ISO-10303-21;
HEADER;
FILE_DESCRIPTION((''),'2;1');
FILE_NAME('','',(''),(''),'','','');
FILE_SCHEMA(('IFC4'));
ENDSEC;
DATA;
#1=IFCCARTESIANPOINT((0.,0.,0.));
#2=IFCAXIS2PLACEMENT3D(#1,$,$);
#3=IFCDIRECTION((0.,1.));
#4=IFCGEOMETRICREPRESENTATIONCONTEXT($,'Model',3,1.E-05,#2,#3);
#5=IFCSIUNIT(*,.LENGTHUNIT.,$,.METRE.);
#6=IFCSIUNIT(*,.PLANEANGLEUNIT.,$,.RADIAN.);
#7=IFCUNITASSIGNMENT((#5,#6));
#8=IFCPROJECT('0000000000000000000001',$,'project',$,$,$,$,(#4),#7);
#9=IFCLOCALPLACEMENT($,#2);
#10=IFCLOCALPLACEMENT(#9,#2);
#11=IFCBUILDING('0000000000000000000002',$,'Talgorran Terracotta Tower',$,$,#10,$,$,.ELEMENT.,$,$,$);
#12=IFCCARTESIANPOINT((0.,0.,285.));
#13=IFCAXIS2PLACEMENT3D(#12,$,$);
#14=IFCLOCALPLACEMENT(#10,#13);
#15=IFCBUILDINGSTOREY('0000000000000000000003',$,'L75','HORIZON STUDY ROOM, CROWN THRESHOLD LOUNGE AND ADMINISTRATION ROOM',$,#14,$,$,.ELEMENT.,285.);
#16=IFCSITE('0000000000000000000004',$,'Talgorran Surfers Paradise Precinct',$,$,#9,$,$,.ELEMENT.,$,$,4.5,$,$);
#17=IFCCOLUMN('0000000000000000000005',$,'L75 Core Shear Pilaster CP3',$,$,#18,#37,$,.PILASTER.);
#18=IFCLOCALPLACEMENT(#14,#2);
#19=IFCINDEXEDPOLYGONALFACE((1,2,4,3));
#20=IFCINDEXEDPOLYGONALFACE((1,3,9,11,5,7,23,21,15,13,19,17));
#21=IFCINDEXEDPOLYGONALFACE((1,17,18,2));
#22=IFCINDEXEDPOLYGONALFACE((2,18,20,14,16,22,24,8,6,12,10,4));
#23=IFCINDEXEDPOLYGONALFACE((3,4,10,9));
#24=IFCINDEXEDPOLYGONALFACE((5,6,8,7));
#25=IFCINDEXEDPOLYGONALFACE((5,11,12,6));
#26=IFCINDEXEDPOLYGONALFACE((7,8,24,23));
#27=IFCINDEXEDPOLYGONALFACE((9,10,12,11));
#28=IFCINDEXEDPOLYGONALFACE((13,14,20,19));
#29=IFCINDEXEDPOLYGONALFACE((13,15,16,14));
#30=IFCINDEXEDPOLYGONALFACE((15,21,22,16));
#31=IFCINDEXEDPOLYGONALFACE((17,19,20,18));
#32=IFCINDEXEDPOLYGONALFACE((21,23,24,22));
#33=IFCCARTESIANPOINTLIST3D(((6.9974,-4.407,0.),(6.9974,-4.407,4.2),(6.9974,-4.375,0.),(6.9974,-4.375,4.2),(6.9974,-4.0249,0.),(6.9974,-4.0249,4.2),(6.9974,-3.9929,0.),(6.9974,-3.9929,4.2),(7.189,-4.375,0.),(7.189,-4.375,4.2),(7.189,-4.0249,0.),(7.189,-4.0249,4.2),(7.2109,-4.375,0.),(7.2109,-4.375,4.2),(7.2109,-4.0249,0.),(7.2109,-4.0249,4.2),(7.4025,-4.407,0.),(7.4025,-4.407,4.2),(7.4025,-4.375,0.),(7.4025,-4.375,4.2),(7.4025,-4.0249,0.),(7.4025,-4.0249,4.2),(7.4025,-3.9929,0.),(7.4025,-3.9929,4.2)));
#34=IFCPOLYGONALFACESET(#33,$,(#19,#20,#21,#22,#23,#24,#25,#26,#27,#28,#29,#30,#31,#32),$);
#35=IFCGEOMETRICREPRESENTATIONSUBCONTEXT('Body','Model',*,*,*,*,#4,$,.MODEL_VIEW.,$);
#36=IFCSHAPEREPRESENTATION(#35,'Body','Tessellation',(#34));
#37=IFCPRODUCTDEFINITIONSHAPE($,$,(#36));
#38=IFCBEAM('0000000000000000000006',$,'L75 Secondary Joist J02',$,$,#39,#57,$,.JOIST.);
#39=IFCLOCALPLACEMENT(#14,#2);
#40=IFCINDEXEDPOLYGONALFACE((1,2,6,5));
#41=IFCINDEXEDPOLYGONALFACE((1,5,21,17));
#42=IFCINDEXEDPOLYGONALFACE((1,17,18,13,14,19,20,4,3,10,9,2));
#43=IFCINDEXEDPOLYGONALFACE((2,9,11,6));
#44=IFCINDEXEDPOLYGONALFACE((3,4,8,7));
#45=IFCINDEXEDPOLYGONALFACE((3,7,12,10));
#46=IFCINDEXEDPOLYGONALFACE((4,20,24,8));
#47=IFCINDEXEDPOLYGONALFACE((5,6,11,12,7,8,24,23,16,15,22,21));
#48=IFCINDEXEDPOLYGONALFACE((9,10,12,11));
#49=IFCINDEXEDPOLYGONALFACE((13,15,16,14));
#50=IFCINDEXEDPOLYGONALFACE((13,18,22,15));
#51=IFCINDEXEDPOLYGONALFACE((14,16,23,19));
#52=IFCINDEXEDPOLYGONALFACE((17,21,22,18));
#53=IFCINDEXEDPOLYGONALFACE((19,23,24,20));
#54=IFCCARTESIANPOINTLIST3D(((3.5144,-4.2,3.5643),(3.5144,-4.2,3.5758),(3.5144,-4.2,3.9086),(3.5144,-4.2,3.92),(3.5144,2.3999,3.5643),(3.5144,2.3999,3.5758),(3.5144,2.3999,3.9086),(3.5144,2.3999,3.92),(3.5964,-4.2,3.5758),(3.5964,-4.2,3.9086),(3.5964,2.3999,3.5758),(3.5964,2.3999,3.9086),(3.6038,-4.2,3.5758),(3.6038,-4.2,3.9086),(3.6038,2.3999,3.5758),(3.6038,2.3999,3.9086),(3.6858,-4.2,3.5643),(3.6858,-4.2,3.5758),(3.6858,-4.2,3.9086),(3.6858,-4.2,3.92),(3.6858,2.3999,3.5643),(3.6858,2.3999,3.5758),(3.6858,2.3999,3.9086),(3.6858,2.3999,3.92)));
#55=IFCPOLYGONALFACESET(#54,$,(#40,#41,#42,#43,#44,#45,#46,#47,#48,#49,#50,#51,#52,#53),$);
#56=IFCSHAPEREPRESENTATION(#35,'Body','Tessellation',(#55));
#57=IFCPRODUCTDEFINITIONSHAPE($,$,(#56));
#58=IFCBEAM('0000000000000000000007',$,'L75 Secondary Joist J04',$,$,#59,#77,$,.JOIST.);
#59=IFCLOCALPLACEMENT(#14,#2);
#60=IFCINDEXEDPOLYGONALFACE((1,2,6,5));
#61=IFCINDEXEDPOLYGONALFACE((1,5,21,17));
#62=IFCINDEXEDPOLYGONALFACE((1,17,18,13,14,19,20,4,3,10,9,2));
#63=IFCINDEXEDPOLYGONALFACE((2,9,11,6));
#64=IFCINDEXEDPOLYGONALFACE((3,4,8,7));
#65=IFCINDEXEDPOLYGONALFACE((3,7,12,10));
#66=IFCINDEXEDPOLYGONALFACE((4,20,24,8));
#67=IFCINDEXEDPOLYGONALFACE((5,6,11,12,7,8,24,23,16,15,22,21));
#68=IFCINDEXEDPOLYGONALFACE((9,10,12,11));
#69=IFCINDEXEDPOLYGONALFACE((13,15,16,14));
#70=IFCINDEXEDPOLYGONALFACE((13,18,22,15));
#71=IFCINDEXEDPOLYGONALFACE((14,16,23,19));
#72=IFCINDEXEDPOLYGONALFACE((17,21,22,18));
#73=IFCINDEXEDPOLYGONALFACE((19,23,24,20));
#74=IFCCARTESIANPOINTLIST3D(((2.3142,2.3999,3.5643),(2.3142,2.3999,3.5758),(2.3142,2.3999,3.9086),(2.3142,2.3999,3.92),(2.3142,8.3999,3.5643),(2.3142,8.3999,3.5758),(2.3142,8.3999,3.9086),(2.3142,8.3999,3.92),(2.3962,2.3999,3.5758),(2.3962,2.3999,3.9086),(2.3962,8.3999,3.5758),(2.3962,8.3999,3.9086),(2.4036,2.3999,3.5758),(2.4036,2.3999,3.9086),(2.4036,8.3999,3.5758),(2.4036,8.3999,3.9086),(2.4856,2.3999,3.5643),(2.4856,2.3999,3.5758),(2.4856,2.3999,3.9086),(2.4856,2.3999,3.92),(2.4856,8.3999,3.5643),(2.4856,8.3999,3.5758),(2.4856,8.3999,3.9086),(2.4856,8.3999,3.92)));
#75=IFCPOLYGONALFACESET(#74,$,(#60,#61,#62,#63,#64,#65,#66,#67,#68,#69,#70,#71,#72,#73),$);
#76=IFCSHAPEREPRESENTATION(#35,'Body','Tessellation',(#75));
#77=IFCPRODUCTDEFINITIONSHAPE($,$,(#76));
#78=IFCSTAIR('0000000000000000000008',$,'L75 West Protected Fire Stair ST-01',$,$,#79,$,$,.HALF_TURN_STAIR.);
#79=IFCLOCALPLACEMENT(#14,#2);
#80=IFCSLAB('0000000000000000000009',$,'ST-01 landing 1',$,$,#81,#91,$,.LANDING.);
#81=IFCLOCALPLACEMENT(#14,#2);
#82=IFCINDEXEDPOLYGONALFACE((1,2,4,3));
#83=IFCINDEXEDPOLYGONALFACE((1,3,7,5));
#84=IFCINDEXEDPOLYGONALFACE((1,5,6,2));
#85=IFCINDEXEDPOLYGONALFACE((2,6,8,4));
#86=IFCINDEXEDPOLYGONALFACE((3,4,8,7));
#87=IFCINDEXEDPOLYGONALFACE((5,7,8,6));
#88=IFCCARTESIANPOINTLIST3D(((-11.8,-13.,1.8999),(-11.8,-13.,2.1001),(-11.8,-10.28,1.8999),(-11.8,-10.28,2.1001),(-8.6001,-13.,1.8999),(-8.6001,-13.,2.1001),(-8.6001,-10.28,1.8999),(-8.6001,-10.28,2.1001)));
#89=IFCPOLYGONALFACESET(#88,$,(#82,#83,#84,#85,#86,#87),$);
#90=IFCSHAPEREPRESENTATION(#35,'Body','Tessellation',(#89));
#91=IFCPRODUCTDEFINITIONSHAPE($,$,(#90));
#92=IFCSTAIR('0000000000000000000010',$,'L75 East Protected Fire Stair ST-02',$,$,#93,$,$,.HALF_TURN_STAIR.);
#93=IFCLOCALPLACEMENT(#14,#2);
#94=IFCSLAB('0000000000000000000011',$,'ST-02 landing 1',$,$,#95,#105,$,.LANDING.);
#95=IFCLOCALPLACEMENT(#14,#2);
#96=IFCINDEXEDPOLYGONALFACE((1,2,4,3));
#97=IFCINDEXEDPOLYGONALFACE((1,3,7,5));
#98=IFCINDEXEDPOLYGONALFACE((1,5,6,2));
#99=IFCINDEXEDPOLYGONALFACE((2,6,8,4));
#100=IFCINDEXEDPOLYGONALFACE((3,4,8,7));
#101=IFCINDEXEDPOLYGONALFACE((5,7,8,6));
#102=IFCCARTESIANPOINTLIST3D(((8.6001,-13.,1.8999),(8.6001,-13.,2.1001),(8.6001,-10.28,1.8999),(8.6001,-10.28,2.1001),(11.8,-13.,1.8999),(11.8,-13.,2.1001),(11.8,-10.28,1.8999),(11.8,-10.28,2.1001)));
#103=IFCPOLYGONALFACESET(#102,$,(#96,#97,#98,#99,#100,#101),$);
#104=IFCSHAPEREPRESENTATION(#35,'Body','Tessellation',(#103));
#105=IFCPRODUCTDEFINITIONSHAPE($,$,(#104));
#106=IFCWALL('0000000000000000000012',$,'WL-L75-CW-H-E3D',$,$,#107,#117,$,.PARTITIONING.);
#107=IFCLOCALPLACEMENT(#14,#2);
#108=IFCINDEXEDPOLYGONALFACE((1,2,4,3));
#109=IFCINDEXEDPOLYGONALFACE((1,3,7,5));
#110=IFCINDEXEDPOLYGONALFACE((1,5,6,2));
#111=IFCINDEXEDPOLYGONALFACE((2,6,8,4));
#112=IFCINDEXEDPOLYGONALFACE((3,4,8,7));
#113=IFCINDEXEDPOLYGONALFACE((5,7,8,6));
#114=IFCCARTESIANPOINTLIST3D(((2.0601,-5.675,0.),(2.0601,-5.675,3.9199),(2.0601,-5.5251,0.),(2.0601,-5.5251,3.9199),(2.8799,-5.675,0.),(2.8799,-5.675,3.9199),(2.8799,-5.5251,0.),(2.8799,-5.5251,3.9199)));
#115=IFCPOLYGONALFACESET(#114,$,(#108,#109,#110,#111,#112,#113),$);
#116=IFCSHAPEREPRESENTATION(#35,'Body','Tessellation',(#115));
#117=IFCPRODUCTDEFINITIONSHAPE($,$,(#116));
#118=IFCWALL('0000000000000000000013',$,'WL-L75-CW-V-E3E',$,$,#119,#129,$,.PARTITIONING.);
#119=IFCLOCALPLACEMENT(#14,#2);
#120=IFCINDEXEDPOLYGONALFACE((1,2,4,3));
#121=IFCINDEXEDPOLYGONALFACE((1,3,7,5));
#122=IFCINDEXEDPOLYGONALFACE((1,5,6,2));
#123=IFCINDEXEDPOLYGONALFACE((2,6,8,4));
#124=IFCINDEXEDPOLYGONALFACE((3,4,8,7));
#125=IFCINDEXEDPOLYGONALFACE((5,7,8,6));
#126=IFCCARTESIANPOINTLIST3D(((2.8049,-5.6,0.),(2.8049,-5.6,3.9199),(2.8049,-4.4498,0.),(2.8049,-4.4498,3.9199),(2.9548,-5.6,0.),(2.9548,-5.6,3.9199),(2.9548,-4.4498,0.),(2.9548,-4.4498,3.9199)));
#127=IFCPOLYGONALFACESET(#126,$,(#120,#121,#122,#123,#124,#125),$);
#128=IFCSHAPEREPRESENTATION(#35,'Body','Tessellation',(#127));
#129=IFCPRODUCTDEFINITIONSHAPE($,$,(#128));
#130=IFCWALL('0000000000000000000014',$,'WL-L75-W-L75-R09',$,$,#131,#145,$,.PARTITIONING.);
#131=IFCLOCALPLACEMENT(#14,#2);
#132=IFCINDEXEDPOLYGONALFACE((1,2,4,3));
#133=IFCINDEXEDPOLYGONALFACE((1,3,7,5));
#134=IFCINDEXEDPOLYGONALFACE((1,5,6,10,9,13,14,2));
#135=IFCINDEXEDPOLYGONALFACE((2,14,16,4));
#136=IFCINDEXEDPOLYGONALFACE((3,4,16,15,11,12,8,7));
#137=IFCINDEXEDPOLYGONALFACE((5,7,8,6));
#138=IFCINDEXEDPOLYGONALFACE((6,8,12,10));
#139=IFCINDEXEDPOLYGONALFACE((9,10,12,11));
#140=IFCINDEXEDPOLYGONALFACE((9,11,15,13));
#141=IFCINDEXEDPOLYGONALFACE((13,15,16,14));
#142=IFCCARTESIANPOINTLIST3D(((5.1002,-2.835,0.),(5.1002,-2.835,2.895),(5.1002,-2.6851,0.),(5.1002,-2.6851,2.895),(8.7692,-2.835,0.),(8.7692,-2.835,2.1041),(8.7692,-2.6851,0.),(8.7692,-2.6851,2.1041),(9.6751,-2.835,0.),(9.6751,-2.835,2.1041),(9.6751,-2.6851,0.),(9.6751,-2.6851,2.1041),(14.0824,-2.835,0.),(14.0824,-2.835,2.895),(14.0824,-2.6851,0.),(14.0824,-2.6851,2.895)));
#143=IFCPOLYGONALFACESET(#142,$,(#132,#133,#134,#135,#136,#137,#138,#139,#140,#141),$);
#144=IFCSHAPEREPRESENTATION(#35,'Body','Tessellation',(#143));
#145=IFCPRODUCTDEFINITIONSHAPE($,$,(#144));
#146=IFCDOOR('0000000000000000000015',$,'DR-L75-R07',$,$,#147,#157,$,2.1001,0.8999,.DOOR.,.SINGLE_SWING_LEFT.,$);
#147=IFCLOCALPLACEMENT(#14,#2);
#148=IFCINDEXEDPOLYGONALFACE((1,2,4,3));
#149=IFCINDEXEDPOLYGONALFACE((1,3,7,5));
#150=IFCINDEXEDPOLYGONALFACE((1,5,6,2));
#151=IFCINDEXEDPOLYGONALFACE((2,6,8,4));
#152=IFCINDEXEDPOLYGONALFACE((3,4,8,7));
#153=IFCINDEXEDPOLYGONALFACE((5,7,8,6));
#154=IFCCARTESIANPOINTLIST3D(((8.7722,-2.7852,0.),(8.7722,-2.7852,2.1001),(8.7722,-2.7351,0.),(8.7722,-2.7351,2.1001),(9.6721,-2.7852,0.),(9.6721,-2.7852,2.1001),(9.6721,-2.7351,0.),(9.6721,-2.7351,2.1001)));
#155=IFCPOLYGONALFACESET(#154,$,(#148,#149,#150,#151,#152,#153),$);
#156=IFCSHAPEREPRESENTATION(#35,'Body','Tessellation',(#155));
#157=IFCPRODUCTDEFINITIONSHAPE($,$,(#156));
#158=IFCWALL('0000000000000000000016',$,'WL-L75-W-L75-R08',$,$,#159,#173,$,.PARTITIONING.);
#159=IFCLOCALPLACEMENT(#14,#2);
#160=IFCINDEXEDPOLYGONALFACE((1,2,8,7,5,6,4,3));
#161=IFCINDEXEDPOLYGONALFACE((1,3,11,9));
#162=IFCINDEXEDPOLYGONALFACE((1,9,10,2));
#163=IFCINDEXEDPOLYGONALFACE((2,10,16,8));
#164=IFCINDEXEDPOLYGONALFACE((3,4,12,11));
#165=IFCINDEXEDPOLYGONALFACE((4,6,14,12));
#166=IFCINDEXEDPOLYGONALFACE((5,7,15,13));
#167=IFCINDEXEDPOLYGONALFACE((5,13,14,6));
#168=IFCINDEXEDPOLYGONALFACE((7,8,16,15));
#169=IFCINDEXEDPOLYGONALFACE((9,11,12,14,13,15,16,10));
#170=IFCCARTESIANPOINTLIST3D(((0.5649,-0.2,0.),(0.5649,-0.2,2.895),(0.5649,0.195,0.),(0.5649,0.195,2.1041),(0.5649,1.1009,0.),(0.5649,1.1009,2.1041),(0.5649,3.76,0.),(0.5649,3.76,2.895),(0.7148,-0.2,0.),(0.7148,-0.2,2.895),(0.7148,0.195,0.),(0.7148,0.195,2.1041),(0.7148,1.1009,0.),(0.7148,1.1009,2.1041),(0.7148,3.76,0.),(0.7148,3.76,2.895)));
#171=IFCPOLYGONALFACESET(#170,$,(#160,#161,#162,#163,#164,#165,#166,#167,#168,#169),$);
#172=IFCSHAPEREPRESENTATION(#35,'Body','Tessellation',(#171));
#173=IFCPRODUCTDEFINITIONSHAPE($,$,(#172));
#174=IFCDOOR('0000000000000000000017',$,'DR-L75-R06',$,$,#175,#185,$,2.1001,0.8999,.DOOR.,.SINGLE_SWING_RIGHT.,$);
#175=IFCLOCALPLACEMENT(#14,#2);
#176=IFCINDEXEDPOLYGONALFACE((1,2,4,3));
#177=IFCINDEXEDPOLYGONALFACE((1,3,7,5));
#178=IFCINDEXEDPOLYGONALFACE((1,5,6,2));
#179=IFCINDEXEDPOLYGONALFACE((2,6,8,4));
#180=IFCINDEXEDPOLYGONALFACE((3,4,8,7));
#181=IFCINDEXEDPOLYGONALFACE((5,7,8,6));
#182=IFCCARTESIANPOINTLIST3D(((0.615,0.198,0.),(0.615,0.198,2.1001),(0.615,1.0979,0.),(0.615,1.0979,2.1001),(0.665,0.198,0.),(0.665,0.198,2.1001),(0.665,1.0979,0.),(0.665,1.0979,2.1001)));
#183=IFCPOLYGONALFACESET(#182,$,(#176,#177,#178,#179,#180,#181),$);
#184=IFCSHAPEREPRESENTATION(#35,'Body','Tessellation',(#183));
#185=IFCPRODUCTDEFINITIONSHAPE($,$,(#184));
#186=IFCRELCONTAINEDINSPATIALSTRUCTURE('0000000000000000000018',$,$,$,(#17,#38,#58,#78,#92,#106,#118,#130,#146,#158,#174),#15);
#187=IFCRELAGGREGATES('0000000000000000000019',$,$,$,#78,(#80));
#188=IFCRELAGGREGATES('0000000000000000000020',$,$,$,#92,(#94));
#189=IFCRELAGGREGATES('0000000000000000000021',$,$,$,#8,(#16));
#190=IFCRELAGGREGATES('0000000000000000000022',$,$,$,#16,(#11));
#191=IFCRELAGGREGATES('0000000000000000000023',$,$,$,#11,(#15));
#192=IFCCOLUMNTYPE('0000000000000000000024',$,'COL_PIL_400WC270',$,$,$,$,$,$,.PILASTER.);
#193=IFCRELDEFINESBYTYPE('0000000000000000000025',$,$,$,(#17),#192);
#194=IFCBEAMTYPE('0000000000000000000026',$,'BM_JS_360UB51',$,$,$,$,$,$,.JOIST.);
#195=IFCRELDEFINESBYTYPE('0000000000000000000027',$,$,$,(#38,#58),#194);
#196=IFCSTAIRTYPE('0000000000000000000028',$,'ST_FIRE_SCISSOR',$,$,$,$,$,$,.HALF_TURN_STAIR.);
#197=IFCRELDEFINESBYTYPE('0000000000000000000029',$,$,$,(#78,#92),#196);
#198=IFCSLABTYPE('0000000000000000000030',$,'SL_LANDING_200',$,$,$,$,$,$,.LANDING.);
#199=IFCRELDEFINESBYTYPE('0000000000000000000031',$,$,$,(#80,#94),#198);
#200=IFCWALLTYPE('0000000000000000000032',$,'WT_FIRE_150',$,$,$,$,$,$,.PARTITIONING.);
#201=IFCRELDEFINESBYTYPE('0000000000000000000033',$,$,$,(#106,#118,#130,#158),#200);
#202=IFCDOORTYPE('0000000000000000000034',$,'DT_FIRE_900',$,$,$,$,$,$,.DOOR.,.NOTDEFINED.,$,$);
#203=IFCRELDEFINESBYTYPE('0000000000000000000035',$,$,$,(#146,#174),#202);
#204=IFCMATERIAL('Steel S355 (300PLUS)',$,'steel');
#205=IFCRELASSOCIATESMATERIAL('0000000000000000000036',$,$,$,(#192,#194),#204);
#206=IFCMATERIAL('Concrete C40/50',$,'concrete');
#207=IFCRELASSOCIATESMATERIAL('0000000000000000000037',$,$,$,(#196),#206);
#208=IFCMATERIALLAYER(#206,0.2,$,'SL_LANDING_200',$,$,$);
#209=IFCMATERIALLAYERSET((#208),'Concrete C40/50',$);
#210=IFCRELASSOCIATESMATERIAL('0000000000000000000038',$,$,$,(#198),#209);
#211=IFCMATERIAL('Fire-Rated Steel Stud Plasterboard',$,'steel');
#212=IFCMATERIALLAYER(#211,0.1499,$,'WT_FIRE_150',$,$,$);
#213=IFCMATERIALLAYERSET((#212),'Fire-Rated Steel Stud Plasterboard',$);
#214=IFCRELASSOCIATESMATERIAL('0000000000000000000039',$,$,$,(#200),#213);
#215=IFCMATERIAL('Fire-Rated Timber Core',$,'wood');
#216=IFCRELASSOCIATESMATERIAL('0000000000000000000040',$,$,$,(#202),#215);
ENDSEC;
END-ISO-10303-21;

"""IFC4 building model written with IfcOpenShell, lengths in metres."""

from ifc_helpers import new_model, si_unit, direction, frame, frame_2d, origin, origin_2d, place, context, subcontext, project, spatial, polyline, rectangle, i_section, outline, extrude, material, layer, layer_set, material_profile, profile_set, type_object, element, fill, aggregate, save


model = new_model("IFC4")

# Units and contexts
model_context = context("Model", 3, precision=1e-05, world=origin(), true_north=direction((0.0, 1.0)))
body_context = subcontext(model_context, "Body", "Model", "MODEL_VIEW")
ifc_project = project(units=[si_unit("LENGTHUNIT", "METRE"), si_unit("PLANEANGLEUNIT", "RADIAN")], contexts=[model_context])

# Site, building, storey
site_placement = place(None, origin())
site = spatial("IfcSite", under=ifc_project, at=site_placement, Name="Talgorran Surfers Paradise Precinct", CompositionType="ELEMENT", RefElevation=4.5)
building_placement = place(site_placement, origin())
building = spatial("IfcBuilding", under=site, at=building_placement, Name="Talgorran Terracotta Tower", CompositionType="ELEMENT")
storey_placement = place(building_placement, frame((0.0, 0.0, 285.0)))
storey = spatial("IfcBuildingStorey", under=building, at=storey_placement, Name="L75", Description="HORIZON STUDY ROOM, CROWN THRESHOLD LOUNGE AND ADMINISTRATION ROOM", CompositionType="ELEMENT", Elevation=285.0)

# Column
ifc_material_1 = material(Name="Steel S355 (300PLUS)", Category="steel")
ifc_material_profile_1 = material_profile(ifc_material_1, i_section(OverallWidth=0.405, OverallDepth=0.4141, WebThickness=0.022, FlangeThickness=0.032, at=origin_2d()), Name="400WC270")
ifc_profile_set_1 = profile_set([ifc_material_profile_1], Name="Steel S355 (300PLUS)")
column_type = type_object("IfcColumnType", Name="COL_PIL_400WC270", PredefinedType="PILASTER", material=ifc_profile_set_1)
column_placement = place(storey_placement, frame((7.2, -4.2, 0.0), z_axis=(0.0, 0.0, 1.0), x_axis=(1.0, 0.0, 0.0)))
element("IfcColumn", 1, at=column_placement, inside=storey, type_object=column_type, Name="L75 Core Shear Pilaster CP3", PredefinedType="PILASTER", context=body_context, shape_type="SweptSolid", body=[
    extrude(i_section(OverallWidth=0.405, OverallDepth=0.4141, WebThickness=0.022, FlangeThickness=0.032, at=origin_2d()), origin(), (0.0, 0.0, 1.0), 4.2),
])

# Beams
ifc_material_profile_2 = material_profile(ifc_material_1, i_section(OverallWidth=0.1714, OverallDepth=0.3557, WebThickness=0.0073, FlangeThickness=0.0115, at=origin_2d()), Name="360UB50.7")
ifc_profile_set_2 = profile_set([ifc_material_profile_2], Name="Steel S355 (300PLUS)")
beam_type = type_object("IfcBeamType", Name="BM_JS_360UB51", PredefinedType="JOIST", material=ifc_profile_set_2)
beam_1_placement = place(storey_placement, frame((3.6001, -4.2, 3.7422), z_axis=(0.0, 1.0, 0.0), x_axis=(-1.0, 0.0, 0.0)))
element("IfcBeam", 2, at=beam_1_placement, inside=storey, type_object=beam_type, Name="L75 Secondary Joist J02", PredefinedType="JOIST", context=body_context, shape_type="SweptSolid", body=[
    extrude(i_section(OverallWidth=0.1714, OverallDepth=0.3557, WebThickness=0.0073, FlangeThickness=0.0115, at=origin_2d()), origin(), (0.0, 0.0, 1.0), 6.5999),
])
beam_2_placement = place(storey_placement, frame((2.3999, 2.3999, 3.7422), z_axis=(0.0, 1.0, 0.0), x_axis=(-1.0, 0.0, 0.0)))
element("IfcBeam", 3, at=beam_2_placement, inside=storey, type_object=beam_type, Name="L75 Secondary Joist J04", PredefinedType="JOIST", context=body_context, shape_type="SweptSolid", body=[
    extrude(i_section(OverallWidth=0.1714, OverallDepth=0.3557, WebThickness=0.0073, FlangeThickness=0.0115, at=origin_2d()), origin(), (0.0, 0.0, 1.0), 6.0),
])

# Stairs, slabs
ifc_material_2 = material(Name="Concrete C40/50", Category="concrete")
stair_type = type_object("IfcStairType", Name="ST_FIRE_SCISSOR", PredefinedType="HALF_TURN_STAIR", material=ifc_material_2)
stair_1_placement = place(storey_placement, origin())
stair_1 = element("IfcStair", 4, at=stair_1_placement, inside=storey, type_object=stair_type, Name="L75 West Protected Fire Stair ST-01", PredefinedType="HALF_TURN_STAIR")
ifc_layer_1 = layer(ifc_material_2, 0.2, Name="SL_LANDING_200")
ifc_layer_set_1 = layer_set([ifc_layer_1], Name="Concrete C40/50")
slab_type = type_object("IfcSlabType", Name="SL_LANDING_200", PredefinedType="LANDING", material=ifc_layer_set_1)
slab_1_placement = place(storey_placement, frame((0.0, 0.0, 1.8999)))
slab_1 = element("IfcSlab", 5, at=slab_1_placement, type_object=slab_type, Name="ST-01 landing 1", PredefinedType="LANDING", context=body_context, shape_type="SweptSolid", body=[
    extrude(outline(polyline([(-11.8, -10.28), (-11.8, -13.0), (-8.6001, -13.0), (-8.6001, -10.28), (-11.8, -10.28)])), origin(), (0.0, 0.0, 1.0), 0.2002),
])
aggregate(stair_1, [slab_1])
stair_2_placement = place(storey_placement, origin())
stair_2 = element("IfcStair", 6, at=stair_2_placement, inside=storey, type_object=stair_type, Name="L75 East Protected Fire Stair ST-02", PredefinedType="HALF_TURN_STAIR")
slab_2_placement = place(storey_placement, frame((0.0, 0.0, 1.8999)))
slab_2 = element("IfcSlab", 7, at=slab_2_placement, type_object=slab_type, Name="ST-02 landing 1", PredefinedType="LANDING", context=body_context, shape_type="SweptSolid", body=[
    extrude(outline(polyline([(8.6001, -10.28), (8.6001, -13.0), (11.8, -13.0), (11.8, -10.28), (8.6001, -10.28)])), origin(), (0.0, 0.0, 1.0), 0.2002),
])
aggregate(stair_2, [slab_2])

# Walls
ifc_material_3 = material(Name="Fire-Rated Steel Stud Plasterboard", Category="steel")
ifc_layer_2 = layer(ifc_material_3, 0.1499, Name="WT_FIRE_150")
ifc_layer_set_2 = layer_set([ifc_layer_2], Name="Fire-Rated Steel Stud Plasterboard")
wall_type_1 = type_object("IfcWallType", Name="WT_FIRE_150", PredefinedType="PARTITIONING", material=ifc_layer_set_2)
wall_1_placement = place(storey_placement, frame((2.0601, -5.6001, 0.0), z_axis=(0.0, 0.0, 1.0), x_axis=(1.0, 0.0, 0.0)))
element("IfcWall", 8, at=wall_1_placement, inside=storey, type_object=wall_type_1, Name="WL-L75-CW-H-E3D", PredefinedType="PARTITIONING", context=body_context, shape_type="SweptSolid", body=[
    extrude(rectangle(XDim=0.8198, YDim=0.1499, at=frame_2d((0.4099, 0.0))), origin(), (0.0, 0.0, 1.0), 3.9199),
])
wall_2_placement = place(storey_placement, frame((2.8799, -5.6001, 0.0), z_axis=(0.0, 0.0, 1.0), x_axis=(0.0, 1.0, 0.0)))
element("IfcWall", 9, at=wall_2_placement, inside=storey, type_object=wall_type_1, Name="WL-L75-CW-V-E3E", PredefinedType="PARTITIONING", context=body_context, shape_type="SweptSolid", body=[
    extrude(rectangle(XDim=1.1501, YDim=0.1499, at=frame_2d((0.5752, 0.0))), origin(), (0.0, 0.0, 1.0), 3.9199),
])

# Walls, openings, doors
wall_3_placement = place(storey_placement, frame((5.1001, -2.76, 0.0), z_axis=(0.0, 0.0, 1.0), x_axis=(1.0, 0.0, 0.0)))
wall_3 = element("IfcWall", 10, at=wall_3_placement, inside=storey, type_object=wall_type_1, Name="WL-L75-W-L75-R09", PredefinedType="PARTITIONING", context=body_context, shape_type="SweptSolid", body=[
    extrude(rectangle(XDim=8.9822, YDim=0.1499, at=frame_2d((4.4912, 0.0))), origin(), (0.0, 0.0, 1.0), 2.895),
])
opening_1_placement = place(wall_3_placement, frame((3.6721, 0.0, 0.0)))
opening_1 = element("IfcOpeningElement", 11, at=opening_1_placement, cuts=wall_3, PredefinedType="OPENING", context=body_context, shape_type="SweptSolid", body=[
    extrude(rectangle(XDim=0.9059, YDim=2.1041, at=frame_2d((0.45, 1.052))), frame((0.0, 0.085, 0.0), z_axis=(0.0, -1.0, 0.0), x_axis=(1.0, 0.0, 0.0)), (0.0, 0.0, 1.0), 0.1699),
])
ifc_material_4 = material(Name="Fire-Rated Timber Core", Category="wood")
door_type = type_object("IfcDoorType", Name="DT_FIRE_900", OperationType="NOTDEFINED", PredefinedType="DOOR", material=ifc_material_4)
door_1_placement = place(opening_1_placement, origin())
door_1 = element("IfcDoor", 12, at=door_1_placement, inside=storey, type_object=door_type, Name="DR-L75-R07", OperationType="SINGLE_SWING_LEFT", OverallHeight=2.1001, OverallWidth=0.8999, PredefinedType="DOOR", context=body_context, shape_type="SweptSolid", body=[
    extrude(rectangle(XDim=0.8999, YDim=2.1001, at=frame_2d((0.45, 1.05))), frame((0.0, 0.0249, 0.0), z_axis=(0.0, -1.0, 0.0), x_axis=(1.0, 0.0, 0.0)), (0.0, 0.0, 1.0), 0.05),
])
fill(opening_1, door_1)
wall_4_placement = place(storey_placement, frame((0.6399, -0.2, 0.0), z_axis=(0.0, 0.0, 1.0), x_axis=(0.0, 1.0, 0.0)))
wall_4 = element("IfcWall", 13, at=wall_4_placement, inside=storey, type_object=wall_type_1, Name="WL-L75-W-L75-R08", PredefinedType="PARTITIONING", context=body_context, shape_type="SweptSolid", body=[
    extrude(rectangle(XDim=3.96, YDim=0.1499, at=frame_2d((1.98, 0.0))), origin(), (0.0, 0.0, 1.0), 2.895),
])
opening_2_placement = place(wall_4_placement, frame((0.3979, 0.0, 0.0)))
opening_2 = element("IfcOpeningElement", 14, at=opening_2_placement, cuts=wall_4, PredefinedType="OPENING", context=body_context, shape_type="SweptSolid", body=[
    extrude(rectangle(XDim=0.9059, YDim=2.1041, at=frame_2d((0.45, 1.052))), frame((0.0, 0.085, 0.0), z_axis=(0.0, -1.0, 0.0), x_axis=(1.0, 0.0, 0.0)), (0.0, 0.0, 1.0), 0.1699),
])
door_2_placement = place(opening_2_placement, origin())
door_2 = element("IfcDoor", 15, at=door_2_placement, inside=storey, type_object=door_type, Name="DR-L75-R06", OperationType="SINGLE_SWING_RIGHT", OverallHeight=2.1001, OverallWidth=0.8999, PredefinedType="DOOR", context=body_context, shape_type="SweptSolid", body=[
    extrude(rectangle(XDim=0.8999, YDim=2.1001, at=frame_2d((0.45, 1.05))), frame((0.0, 0.0249, 0.0), z_axis=(0.0, -1.0, 0.0), x_axis=(1.0, 0.0, 0.0)), (0.0, 0.0, 1.0), 0.05),
])
fill(opening_2, door_2)

save(model, "model.ifc")
